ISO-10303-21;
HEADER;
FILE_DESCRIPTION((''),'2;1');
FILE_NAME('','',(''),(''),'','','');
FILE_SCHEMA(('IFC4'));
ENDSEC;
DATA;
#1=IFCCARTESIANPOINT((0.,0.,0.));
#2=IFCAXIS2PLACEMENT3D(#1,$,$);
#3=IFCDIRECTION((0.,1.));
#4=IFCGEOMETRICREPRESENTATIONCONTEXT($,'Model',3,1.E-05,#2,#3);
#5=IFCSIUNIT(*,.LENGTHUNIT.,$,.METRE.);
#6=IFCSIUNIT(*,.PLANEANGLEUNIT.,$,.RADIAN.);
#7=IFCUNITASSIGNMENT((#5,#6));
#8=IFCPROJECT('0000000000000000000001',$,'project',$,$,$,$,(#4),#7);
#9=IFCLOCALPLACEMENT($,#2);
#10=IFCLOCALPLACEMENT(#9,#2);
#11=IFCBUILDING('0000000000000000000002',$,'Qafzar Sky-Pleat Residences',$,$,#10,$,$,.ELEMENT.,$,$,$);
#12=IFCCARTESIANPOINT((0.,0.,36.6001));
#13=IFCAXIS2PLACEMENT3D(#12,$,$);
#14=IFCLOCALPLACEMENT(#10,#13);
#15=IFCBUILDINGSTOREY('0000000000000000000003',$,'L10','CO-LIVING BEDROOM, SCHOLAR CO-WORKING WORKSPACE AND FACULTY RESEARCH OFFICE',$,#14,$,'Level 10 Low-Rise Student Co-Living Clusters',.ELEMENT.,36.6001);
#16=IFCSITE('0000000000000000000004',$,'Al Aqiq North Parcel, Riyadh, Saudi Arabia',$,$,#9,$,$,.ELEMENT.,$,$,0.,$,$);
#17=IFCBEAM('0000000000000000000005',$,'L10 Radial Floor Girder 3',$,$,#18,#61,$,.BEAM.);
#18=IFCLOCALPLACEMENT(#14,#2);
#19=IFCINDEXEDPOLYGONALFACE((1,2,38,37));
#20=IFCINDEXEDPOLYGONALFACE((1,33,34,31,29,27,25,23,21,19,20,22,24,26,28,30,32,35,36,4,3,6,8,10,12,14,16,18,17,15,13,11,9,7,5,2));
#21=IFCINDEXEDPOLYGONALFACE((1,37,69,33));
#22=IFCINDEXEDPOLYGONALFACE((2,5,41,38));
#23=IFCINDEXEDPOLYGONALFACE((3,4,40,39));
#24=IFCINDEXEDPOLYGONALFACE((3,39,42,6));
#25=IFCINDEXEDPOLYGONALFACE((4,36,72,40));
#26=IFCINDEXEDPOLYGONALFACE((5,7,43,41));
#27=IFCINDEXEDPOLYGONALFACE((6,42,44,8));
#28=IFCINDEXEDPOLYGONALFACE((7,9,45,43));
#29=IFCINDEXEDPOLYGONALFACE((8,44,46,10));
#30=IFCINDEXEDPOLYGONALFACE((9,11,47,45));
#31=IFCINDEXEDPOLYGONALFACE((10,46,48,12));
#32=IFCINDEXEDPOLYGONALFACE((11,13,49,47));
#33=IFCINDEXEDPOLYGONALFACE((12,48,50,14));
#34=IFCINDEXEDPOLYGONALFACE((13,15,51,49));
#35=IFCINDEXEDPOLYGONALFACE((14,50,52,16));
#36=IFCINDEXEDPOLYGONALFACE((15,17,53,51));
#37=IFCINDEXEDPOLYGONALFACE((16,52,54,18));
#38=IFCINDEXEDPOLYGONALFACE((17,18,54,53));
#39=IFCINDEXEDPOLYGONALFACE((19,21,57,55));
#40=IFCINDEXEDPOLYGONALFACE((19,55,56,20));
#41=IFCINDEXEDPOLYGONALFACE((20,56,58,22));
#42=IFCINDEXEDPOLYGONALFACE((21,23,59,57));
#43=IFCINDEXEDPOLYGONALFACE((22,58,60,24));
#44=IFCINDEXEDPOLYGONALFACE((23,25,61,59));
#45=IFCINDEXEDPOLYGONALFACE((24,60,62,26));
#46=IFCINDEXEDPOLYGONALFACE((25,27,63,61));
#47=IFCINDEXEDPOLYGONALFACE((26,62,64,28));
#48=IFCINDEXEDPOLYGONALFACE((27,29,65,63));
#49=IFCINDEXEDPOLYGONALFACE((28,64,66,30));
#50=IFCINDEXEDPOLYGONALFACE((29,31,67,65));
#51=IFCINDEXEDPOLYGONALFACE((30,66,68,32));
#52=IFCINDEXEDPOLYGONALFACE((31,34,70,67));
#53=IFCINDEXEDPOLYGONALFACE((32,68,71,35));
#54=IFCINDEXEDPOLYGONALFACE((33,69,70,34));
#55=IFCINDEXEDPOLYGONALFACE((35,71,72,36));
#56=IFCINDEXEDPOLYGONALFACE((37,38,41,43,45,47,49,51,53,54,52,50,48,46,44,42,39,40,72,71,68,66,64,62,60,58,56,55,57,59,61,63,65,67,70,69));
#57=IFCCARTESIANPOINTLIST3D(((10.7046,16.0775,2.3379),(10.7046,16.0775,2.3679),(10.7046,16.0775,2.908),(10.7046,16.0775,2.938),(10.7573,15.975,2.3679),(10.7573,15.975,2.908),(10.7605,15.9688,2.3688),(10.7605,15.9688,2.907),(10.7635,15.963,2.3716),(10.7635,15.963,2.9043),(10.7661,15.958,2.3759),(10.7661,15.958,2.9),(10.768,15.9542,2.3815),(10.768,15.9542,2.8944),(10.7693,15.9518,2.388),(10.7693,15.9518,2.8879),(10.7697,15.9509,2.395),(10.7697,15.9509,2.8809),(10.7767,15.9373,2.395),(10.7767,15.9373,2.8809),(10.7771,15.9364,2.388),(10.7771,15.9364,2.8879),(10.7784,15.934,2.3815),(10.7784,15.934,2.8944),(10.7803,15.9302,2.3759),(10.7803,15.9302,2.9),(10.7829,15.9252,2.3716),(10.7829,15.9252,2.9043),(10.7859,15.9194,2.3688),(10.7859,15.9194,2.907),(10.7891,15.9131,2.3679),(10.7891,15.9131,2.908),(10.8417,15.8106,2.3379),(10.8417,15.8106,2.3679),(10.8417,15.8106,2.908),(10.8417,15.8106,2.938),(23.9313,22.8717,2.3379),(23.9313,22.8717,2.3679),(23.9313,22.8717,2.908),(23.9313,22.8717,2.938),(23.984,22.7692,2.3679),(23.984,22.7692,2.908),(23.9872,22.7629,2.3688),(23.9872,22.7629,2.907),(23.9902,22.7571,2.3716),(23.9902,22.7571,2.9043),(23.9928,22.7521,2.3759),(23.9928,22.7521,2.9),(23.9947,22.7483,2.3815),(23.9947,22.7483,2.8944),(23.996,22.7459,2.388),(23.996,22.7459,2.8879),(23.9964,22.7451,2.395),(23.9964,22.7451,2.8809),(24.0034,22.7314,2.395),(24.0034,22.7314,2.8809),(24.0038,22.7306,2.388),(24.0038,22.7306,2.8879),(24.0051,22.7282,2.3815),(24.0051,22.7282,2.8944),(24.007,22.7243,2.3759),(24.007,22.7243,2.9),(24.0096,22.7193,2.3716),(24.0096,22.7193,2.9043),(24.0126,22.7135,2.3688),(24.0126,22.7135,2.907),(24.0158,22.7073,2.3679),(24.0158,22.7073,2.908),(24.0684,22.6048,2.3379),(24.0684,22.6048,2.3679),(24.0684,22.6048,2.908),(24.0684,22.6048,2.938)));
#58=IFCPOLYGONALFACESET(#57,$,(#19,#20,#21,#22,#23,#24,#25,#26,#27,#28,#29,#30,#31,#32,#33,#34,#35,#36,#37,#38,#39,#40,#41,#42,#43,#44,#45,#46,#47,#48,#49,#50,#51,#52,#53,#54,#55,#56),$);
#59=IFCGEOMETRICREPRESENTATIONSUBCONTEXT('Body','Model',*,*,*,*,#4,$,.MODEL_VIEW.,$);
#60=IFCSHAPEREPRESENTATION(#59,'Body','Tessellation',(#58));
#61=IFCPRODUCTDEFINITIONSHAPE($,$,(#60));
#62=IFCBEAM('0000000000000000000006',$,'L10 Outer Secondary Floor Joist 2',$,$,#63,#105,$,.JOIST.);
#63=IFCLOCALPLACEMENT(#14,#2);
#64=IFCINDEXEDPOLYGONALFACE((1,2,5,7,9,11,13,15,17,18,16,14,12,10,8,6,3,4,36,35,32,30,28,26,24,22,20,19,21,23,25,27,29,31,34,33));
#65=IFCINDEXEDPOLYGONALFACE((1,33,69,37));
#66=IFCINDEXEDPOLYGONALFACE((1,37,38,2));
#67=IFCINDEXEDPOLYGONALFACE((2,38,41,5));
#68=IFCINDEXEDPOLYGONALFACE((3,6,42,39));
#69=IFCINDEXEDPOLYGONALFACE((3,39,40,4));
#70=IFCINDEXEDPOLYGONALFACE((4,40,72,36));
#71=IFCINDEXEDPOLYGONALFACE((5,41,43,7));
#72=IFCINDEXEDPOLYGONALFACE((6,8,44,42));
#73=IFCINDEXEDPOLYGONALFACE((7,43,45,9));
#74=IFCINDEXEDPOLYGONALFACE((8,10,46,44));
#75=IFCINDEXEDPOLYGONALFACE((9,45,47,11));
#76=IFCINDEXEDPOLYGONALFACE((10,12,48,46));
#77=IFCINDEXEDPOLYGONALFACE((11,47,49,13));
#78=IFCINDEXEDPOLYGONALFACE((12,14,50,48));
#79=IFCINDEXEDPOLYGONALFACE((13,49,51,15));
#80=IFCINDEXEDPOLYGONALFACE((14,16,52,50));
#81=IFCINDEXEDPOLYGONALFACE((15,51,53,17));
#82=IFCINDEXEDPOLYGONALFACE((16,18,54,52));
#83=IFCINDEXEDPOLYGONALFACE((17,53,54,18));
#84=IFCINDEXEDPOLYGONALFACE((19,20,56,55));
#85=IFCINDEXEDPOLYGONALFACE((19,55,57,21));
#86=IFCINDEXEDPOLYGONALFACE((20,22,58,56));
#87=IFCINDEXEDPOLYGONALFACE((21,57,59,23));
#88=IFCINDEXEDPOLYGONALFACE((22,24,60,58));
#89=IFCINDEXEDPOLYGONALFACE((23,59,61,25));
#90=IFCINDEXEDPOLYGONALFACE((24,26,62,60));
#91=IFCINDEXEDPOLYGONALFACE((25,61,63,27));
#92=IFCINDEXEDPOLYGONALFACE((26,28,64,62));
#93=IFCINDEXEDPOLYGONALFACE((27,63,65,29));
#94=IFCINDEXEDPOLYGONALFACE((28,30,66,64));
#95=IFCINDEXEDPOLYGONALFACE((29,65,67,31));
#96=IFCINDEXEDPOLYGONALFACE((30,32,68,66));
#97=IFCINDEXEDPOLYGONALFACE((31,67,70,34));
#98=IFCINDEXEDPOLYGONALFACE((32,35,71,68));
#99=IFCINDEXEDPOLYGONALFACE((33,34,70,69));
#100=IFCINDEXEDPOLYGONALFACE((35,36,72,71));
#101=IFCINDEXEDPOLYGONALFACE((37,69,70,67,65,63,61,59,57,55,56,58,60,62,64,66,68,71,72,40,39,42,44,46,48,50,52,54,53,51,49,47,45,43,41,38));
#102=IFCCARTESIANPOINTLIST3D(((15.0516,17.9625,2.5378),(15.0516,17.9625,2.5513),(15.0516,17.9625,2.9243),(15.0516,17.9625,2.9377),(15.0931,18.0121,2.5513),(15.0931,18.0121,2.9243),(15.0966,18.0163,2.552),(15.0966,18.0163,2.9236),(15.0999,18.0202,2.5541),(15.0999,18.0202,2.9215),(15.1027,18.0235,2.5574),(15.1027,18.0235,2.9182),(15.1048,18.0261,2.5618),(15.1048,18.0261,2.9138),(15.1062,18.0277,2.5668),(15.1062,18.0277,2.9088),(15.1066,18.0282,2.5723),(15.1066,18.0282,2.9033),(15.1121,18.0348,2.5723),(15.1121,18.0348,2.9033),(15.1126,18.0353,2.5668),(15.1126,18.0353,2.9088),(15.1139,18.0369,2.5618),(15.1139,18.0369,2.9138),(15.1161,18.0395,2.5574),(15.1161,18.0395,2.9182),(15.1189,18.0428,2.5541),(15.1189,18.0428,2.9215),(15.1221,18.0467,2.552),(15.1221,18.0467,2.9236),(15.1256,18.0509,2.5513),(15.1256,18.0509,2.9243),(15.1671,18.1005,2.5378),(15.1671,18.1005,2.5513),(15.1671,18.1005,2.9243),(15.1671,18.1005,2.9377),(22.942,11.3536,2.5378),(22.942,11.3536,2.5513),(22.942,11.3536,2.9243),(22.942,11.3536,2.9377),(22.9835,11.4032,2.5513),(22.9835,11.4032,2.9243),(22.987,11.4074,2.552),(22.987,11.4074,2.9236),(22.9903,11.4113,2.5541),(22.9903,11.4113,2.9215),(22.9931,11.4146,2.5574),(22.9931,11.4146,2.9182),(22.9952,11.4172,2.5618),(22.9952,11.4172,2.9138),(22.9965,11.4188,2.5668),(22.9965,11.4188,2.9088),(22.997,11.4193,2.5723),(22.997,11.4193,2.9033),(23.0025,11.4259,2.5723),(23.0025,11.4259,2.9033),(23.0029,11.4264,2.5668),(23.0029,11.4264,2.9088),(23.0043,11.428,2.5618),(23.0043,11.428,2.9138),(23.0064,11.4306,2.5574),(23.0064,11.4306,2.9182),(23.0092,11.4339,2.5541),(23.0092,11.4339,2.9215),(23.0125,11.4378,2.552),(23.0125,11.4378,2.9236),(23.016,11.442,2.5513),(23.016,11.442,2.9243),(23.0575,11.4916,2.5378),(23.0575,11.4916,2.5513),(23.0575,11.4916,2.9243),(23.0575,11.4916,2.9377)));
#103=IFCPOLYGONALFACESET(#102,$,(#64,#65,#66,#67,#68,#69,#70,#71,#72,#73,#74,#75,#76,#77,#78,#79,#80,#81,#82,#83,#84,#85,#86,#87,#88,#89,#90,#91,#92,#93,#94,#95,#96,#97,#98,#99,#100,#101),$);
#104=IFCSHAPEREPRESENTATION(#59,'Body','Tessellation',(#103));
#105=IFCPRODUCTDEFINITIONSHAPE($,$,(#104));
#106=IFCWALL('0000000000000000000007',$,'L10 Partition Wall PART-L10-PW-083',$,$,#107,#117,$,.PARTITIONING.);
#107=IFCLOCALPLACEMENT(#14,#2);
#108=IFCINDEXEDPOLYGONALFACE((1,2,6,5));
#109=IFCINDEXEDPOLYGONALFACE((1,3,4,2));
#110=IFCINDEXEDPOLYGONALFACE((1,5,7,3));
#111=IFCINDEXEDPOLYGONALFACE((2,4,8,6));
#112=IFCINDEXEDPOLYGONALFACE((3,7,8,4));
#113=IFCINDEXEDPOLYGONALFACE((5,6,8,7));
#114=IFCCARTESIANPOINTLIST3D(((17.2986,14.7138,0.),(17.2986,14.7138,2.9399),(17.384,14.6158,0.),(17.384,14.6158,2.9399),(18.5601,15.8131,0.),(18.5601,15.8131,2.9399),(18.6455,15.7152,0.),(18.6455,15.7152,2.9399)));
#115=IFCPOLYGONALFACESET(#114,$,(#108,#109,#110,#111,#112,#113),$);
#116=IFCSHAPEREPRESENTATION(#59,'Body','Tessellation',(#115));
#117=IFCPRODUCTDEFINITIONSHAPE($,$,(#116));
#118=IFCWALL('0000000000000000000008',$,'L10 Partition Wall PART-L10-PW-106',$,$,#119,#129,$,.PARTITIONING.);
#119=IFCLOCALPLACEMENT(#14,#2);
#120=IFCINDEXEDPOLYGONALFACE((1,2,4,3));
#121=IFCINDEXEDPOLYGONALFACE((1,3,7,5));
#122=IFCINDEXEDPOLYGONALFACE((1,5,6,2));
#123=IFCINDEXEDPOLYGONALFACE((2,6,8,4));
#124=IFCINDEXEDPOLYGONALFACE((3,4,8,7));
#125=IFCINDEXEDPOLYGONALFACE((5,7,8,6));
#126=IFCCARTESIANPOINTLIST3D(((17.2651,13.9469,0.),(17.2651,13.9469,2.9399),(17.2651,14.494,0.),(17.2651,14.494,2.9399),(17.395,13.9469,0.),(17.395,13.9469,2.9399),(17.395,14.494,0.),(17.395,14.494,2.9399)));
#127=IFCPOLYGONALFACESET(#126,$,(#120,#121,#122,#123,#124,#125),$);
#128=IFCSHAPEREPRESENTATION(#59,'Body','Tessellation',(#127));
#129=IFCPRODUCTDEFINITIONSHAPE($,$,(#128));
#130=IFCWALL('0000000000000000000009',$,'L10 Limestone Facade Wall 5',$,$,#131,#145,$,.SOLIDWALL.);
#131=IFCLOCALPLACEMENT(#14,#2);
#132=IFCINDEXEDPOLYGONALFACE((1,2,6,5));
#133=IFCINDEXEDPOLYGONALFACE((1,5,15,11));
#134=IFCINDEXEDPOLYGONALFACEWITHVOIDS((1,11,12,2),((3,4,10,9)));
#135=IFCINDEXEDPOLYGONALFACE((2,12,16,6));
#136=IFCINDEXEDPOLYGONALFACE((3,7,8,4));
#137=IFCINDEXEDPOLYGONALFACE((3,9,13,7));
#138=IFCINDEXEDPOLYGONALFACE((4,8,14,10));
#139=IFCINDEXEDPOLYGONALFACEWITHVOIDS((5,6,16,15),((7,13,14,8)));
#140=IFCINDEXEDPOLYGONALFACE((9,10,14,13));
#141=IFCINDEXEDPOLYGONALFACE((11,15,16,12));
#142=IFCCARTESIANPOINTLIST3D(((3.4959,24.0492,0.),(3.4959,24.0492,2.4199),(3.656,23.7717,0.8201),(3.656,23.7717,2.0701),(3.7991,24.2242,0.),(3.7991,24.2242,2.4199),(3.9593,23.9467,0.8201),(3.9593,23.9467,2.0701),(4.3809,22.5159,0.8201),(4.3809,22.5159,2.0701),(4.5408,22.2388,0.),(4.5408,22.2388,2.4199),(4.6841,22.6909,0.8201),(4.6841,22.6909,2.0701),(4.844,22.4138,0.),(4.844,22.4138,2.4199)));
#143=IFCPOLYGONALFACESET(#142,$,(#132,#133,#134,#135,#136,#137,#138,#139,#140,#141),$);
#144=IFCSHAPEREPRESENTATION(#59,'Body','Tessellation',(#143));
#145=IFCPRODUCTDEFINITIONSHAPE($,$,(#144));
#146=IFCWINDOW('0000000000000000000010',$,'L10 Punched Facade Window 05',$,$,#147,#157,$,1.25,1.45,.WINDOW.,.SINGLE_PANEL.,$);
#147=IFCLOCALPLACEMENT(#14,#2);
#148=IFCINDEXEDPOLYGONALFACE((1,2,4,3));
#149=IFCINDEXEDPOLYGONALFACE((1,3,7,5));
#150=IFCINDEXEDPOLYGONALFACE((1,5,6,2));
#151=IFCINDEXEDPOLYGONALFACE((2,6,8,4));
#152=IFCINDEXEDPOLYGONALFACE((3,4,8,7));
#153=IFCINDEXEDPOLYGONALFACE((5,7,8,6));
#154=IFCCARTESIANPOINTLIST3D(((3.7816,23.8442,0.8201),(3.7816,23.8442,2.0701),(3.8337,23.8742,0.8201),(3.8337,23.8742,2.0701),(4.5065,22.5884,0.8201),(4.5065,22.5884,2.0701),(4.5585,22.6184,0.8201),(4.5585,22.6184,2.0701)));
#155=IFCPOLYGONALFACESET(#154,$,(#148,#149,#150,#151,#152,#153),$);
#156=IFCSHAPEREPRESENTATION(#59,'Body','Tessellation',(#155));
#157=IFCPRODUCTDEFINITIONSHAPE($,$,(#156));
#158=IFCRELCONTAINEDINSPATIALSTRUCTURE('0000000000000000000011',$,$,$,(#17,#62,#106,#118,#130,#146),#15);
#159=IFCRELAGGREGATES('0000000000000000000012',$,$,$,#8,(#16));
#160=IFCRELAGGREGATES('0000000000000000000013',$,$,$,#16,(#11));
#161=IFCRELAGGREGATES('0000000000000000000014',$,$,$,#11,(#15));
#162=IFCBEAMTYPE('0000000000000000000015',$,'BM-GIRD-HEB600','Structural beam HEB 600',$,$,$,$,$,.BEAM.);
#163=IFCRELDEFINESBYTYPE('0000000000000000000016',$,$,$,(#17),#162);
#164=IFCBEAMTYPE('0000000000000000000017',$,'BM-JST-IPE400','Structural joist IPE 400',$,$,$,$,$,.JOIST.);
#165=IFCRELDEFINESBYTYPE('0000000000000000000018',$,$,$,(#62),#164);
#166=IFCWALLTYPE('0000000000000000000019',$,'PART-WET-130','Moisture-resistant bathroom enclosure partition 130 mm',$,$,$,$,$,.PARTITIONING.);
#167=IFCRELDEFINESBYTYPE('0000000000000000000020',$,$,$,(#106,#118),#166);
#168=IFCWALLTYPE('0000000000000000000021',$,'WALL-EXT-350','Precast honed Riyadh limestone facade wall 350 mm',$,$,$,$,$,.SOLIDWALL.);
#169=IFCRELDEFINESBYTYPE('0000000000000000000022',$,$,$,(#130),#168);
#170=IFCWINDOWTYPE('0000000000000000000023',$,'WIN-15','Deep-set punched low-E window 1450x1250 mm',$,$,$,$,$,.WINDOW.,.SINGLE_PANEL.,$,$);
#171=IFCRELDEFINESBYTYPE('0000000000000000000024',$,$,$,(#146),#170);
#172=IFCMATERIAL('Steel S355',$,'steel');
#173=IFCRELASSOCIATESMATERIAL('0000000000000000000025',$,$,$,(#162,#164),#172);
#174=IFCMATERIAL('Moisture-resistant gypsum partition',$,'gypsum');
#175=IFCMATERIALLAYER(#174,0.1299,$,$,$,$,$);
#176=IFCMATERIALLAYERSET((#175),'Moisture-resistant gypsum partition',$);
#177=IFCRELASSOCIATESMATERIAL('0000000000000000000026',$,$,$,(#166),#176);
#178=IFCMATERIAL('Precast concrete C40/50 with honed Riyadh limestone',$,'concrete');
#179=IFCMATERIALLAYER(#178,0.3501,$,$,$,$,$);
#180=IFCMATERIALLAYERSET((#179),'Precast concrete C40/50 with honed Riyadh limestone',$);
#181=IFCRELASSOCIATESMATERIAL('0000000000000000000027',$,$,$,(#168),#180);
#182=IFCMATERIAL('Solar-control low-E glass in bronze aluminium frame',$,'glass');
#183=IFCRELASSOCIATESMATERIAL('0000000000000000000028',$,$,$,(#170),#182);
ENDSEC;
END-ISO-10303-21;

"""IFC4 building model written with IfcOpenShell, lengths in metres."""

from ifc_helpers import new_model, si_unit, direction, frame, frame_2d, origin, origin_2d, place, context, subcontext, project, spatial, rectangle, i_section, extrude, source, transform, mapped, material, layer, layer_set, material_profile, profile_set, type_object, element, fill, save


model = new_model("IFC4")

# Units and contexts
model_context = context("Model", 3, precision=1e-05, world=origin(), true_north=direction((0.0, 1.0)))
body_context = subcontext(model_context, "Body", "Model", "MODEL_VIEW")
ifc_project = project(units=[si_unit("LENGTHUNIT", "METRE"), si_unit("PLANEANGLEUNIT", "RADIAN")], contexts=[model_context])

# Site, building, storey
site_placement = place(None, origin())
site = spatial("IfcSite", under=ifc_project, at=site_placement, Name="Al Aqiq North Parcel, Riyadh, Saudi Arabia", CompositionType="ELEMENT", RefElevation=0.0)
building_placement = place(site_placement, origin())
building = spatial("IfcBuilding", under=site, at=building_placement, Name="Qafzar Sky-Pleat Residences", CompositionType="ELEMENT")
storey_placement = place(building_placement, frame((0.0, 0.0, 36.6001)))
storey = spatial("IfcBuildingStorey", under=building, at=storey_placement, Name="L10", Description="CO-LIVING BEDROOM, SCHOLAR CO-WORKING WORKSPACE AND FACULTY RESEARCH OFFICE", LongName="Level 10 Low-Rise Student Co-Living Clusters", CompositionType="ELEMENT", Elevation=36.6001)

# Beams
ifc_material_1 = material(Name="Steel S355", Category="steel")
ifc_material_profile_1 = material_profile(ifc_material_1, i_section(OverallWidth=0.3, OverallDepth=0.6001, WebThickness=0.0154, FlangeThickness=0.03, FilletRadius=0.0271, at=origin_2d()), Name="HEB 600")
ifc_profile_set_1 = profile_set([ifc_material_profile_1], Name="Steel S355")
beam_type_1 = type_object("IfcBeamType", Name="BM-GIRD-HEB600", Description="Structural beam HEB 600", PredefinedType="BEAM", material=ifc_profile_set_1)
shared_shape_1 = source(origin(), body_context, "Body", "SweptSolid", [
    extrude(i_section(OverallWidth=0.3, OverallDepth=0.6001, WebThickness=0.0154, FlangeThickness=0.03, FilletRadius=0.0271, at=origin_2d()), origin(), (0.0, 0.0, 1.0), 14.8696),
])
beam_1_placement = place(storey_placement, frame((10.7732, 15.9441, 2.6379), z_axis=(0.889511, 0.456914, 0.0), x_axis=(-0.456914, 0.889511, 0.0)))
element("IfcBeam", 1, at=beam_1_placement, inside=storey, type_object=beam_type_1, Name="L10 Radial Floor Girder 3", PredefinedType="BEAM", context=body_context, shape_type="MappedRepresentation", body=[
    mapped(shared_shape_1, transform((0.0, 0.0, 0.0), x_axis=(1.0, 0.0, 0.0), y_axis=(0.0, 1.0, 0.0), z_axis=(0.0, 0.0, 1.0), scale=1.0)),
])
ifc_material_profile_2 = material_profile(ifc_material_1, i_section(OverallWidth=0.1799, OverallDepth=0.3999, WebThickness=0.0085, FlangeThickness=0.0134, FilletRadius=0.021, at=origin_2d()), Name="IPE 400")
ifc_profile_set_2 = profile_set([ifc_material_profile_2], Name="Steel S355")
beam_type_2 = type_object("IfcBeamType", Name="BM-JST-IPE400", Description="Structural joist IPE 400", PredefinedType="JOIST", material=ifc_profile_set_2)
shared_shape_2 = source(origin(), body_context, "Body", "SweptSolid", [
    extrude(i_section(OverallWidth=0.1799, OverallDepth=0.3999, WebThickness=0.0085, FlangeThickness=0.0134, FilletRadius=0.021, at=origin_2d()), origin(), (0.0, 0.0, 1.0), 10.2925),
])
beam_2_placement = place(storey_placement, frame((15.1094, 18.0315, 2.7378), z_axis=(0.766615, -0.642107, 0.0), x_axis=(0.642107, 0.766615, 0.0)))
element("IfcBeam", 2, at=beam_2_placement, inside=storey, type_object=beam_type_2, Name="L10 Outer Secondary Floor Joist 2", PredefinedType="JOIST", context=body_context, shape_type="MappedRepresentation", body=[
    mapped(shared_shape_2, transform((0.0, 0.0, 0.0), x_axis=(1.0, 0.0, 0.0), y_axis=(0.0, 1.0, 0.0), z_axis=(0.0, 0.0, 1.0), scale=1.0)),
])

# Walls
ifc_material_2 = material(Name="Moisture-resistant gypsum partition", Category="gypsum")
ifc_layer_1 = layer(ifc_material_2, 0.1299)
ifc_layer_set_1 = layer_set([ifc_layer_1], Name="Moisture-resistant gypsum partition")
wall_type_1 = type_object("IfcWallType", Name="PART-WET-130", Description="Moisture-resistant bathroom enclosure partition 130 mm", PredefinedType="PARTITIONING", material=ifc_layer_set_1)
wall_1_placement = place(storey_placement, frame((17.3413, 14.6648, 0.0), z_axis=(0.0, 0.0, 1.0), x_axis=(0.753886, 0.657006, 0.0)))
element("IfcWall", 3, at=wall_1_placement, inside=storey, type_object=wall_type_1, Name="L10 Partition Wall PART-L10-PW-083", PredefinedType="PARTITIONING", context=body_context, shape_type="SweptSolid", body=[
    extrude(rectangle(XDim=1.6733, YDim=0.1299, at=frame_2d((0.8367, 0.0))), origin(), (0.0, 0.0, 1.0), 2.9399),
])
wall_2_placement = place(storey_placement, frame((17.3301, 13.947, 0.0), z_axis=(0.0, 0.0, 1.0), x_axis=(0.0, 1.0, 0.0)))
element("IfcWall", 4, at=wall_2_placement, inside=storey, type_object=wall_type_1, Name="L10 Partition Wall PART-L10-PW-106", PredefinedType="PARTITIONING", context=body_context, shape_type="SweptSolid", body=[
    extrude(rectangle(XDim=0.5471, YDim=0.1299, at=frame_2d((0.2734, 0.0))), origin(), (0.0, 0.0, 1.0), 2.9399),
])

# Wall, opening, window
ifc_material_3 = material(Name="Precast concrete C40/50 with honed Riyadh limestone", Category="concrete")
ifc_layer_2 = layer(ifc_material_3, 0.3501)
ifc_layer_set_2 = layer_set([ifc_layer_2], Name="Precast concrete C40/50 with honed Riyadh limestone")
wall_type_2 = type_object("IfcWallType", Name="WALL-EXT-350", Description="Precast honed Riyadh limestone facade wall 350 mm", PredefinedType="SOLIDWALL", material=ifc_layer_set_2)
wall_3_placement = place(storey_placement, frame((3.6475, 24.1367, 0.0), z_axis=(0.0, 0.0, 1.0), x_axis=(0.499908, -0.866079, 0.0)))
wall_3 = element("IfcWall", 5, at=wall_3_placement, inside=storey, type_object=wall_type_2, Name="L10 Limestone Facade Wall 5", PredefinedType="SOLIDWALL", context=body_context, shape_type="SweptSolid", body=[
    extrude(rectangle(XDim=2.0903, YDim=0.3501, at=frame_2d((1.0452, 0.0))), origin(), (0.0, 0.0, 1.0), 2.4199),
])
opening_1_placement = place(wall_3_placement, frame((0.3203, 0.0, 0.8201)))
opening_1 = element("IfcOpeningElement", 6, at=opening_1_placement, cuts=wall_3, PredefinedType="OPENING", context=body_context, shape_type="SweptSolid", body=[
    extrude(rectangle(XDim=1.45, YDim=1.25, at=frame_2d((0.7251, 0.625))), frame((0.0, 0.1851, 0.0), z_axis=(0.0, -1.0, 0.0), x_axis=(1.0, 0.0, 0.0)), (0.0, 0.0, 1.0), 0.3701),
])
ifc_material_4 = material(Name="Solar-control low-E glass in bronze aluminium frame", Category="glass")
window_type_1 = type_object("IfcWindowType", Name="WIN-15", Description="Deep-set punched low-E window 1450x1250 mm", PartitioningType="SINGLE_PANEL", PredefinedType="WINDOW", material=ifc_material_4)
shared_shape_3 = source(origin(), body_context, "Body", "SweptSolid", [
    extrude(rectangle(XDim=1.45, YDim=1.25, at=frame_2d((0.7251, 0.625))), frame((0.0, 0.03, 0.0), z_axis=(0.0, -1.0, 0.0), x_axis=(1.0, 0.0, 0.0)), (0.0, 0.0, 1.0), 0.0601),
])
window_1_placement = place(opening_1_placement, origin())
window_1 = element("IfcWindow", 7, at=window_1_placement, inside=storey, type_object=window_type_1, Name="L10 Punched Facade Window 05", OverallHeight=1.25, OverallWidth=1.45, PartitioningType="SINGLE_PANEL", PredefinedType="WINDOW", context=body_context, shape_type="MappedRepresentation", body=[
    mapped(shared_shape_3, transform((0.0, 0.0, 0.0), x_axis=(1.0, 0.0, 0.0), y_axis=(0.0, 1.0, 0.0), z_axis=(0.0, 0.0, 1.0), scale=1.0)),
])
fill(opening_1, window_1)

save(model, "model.ifc")
